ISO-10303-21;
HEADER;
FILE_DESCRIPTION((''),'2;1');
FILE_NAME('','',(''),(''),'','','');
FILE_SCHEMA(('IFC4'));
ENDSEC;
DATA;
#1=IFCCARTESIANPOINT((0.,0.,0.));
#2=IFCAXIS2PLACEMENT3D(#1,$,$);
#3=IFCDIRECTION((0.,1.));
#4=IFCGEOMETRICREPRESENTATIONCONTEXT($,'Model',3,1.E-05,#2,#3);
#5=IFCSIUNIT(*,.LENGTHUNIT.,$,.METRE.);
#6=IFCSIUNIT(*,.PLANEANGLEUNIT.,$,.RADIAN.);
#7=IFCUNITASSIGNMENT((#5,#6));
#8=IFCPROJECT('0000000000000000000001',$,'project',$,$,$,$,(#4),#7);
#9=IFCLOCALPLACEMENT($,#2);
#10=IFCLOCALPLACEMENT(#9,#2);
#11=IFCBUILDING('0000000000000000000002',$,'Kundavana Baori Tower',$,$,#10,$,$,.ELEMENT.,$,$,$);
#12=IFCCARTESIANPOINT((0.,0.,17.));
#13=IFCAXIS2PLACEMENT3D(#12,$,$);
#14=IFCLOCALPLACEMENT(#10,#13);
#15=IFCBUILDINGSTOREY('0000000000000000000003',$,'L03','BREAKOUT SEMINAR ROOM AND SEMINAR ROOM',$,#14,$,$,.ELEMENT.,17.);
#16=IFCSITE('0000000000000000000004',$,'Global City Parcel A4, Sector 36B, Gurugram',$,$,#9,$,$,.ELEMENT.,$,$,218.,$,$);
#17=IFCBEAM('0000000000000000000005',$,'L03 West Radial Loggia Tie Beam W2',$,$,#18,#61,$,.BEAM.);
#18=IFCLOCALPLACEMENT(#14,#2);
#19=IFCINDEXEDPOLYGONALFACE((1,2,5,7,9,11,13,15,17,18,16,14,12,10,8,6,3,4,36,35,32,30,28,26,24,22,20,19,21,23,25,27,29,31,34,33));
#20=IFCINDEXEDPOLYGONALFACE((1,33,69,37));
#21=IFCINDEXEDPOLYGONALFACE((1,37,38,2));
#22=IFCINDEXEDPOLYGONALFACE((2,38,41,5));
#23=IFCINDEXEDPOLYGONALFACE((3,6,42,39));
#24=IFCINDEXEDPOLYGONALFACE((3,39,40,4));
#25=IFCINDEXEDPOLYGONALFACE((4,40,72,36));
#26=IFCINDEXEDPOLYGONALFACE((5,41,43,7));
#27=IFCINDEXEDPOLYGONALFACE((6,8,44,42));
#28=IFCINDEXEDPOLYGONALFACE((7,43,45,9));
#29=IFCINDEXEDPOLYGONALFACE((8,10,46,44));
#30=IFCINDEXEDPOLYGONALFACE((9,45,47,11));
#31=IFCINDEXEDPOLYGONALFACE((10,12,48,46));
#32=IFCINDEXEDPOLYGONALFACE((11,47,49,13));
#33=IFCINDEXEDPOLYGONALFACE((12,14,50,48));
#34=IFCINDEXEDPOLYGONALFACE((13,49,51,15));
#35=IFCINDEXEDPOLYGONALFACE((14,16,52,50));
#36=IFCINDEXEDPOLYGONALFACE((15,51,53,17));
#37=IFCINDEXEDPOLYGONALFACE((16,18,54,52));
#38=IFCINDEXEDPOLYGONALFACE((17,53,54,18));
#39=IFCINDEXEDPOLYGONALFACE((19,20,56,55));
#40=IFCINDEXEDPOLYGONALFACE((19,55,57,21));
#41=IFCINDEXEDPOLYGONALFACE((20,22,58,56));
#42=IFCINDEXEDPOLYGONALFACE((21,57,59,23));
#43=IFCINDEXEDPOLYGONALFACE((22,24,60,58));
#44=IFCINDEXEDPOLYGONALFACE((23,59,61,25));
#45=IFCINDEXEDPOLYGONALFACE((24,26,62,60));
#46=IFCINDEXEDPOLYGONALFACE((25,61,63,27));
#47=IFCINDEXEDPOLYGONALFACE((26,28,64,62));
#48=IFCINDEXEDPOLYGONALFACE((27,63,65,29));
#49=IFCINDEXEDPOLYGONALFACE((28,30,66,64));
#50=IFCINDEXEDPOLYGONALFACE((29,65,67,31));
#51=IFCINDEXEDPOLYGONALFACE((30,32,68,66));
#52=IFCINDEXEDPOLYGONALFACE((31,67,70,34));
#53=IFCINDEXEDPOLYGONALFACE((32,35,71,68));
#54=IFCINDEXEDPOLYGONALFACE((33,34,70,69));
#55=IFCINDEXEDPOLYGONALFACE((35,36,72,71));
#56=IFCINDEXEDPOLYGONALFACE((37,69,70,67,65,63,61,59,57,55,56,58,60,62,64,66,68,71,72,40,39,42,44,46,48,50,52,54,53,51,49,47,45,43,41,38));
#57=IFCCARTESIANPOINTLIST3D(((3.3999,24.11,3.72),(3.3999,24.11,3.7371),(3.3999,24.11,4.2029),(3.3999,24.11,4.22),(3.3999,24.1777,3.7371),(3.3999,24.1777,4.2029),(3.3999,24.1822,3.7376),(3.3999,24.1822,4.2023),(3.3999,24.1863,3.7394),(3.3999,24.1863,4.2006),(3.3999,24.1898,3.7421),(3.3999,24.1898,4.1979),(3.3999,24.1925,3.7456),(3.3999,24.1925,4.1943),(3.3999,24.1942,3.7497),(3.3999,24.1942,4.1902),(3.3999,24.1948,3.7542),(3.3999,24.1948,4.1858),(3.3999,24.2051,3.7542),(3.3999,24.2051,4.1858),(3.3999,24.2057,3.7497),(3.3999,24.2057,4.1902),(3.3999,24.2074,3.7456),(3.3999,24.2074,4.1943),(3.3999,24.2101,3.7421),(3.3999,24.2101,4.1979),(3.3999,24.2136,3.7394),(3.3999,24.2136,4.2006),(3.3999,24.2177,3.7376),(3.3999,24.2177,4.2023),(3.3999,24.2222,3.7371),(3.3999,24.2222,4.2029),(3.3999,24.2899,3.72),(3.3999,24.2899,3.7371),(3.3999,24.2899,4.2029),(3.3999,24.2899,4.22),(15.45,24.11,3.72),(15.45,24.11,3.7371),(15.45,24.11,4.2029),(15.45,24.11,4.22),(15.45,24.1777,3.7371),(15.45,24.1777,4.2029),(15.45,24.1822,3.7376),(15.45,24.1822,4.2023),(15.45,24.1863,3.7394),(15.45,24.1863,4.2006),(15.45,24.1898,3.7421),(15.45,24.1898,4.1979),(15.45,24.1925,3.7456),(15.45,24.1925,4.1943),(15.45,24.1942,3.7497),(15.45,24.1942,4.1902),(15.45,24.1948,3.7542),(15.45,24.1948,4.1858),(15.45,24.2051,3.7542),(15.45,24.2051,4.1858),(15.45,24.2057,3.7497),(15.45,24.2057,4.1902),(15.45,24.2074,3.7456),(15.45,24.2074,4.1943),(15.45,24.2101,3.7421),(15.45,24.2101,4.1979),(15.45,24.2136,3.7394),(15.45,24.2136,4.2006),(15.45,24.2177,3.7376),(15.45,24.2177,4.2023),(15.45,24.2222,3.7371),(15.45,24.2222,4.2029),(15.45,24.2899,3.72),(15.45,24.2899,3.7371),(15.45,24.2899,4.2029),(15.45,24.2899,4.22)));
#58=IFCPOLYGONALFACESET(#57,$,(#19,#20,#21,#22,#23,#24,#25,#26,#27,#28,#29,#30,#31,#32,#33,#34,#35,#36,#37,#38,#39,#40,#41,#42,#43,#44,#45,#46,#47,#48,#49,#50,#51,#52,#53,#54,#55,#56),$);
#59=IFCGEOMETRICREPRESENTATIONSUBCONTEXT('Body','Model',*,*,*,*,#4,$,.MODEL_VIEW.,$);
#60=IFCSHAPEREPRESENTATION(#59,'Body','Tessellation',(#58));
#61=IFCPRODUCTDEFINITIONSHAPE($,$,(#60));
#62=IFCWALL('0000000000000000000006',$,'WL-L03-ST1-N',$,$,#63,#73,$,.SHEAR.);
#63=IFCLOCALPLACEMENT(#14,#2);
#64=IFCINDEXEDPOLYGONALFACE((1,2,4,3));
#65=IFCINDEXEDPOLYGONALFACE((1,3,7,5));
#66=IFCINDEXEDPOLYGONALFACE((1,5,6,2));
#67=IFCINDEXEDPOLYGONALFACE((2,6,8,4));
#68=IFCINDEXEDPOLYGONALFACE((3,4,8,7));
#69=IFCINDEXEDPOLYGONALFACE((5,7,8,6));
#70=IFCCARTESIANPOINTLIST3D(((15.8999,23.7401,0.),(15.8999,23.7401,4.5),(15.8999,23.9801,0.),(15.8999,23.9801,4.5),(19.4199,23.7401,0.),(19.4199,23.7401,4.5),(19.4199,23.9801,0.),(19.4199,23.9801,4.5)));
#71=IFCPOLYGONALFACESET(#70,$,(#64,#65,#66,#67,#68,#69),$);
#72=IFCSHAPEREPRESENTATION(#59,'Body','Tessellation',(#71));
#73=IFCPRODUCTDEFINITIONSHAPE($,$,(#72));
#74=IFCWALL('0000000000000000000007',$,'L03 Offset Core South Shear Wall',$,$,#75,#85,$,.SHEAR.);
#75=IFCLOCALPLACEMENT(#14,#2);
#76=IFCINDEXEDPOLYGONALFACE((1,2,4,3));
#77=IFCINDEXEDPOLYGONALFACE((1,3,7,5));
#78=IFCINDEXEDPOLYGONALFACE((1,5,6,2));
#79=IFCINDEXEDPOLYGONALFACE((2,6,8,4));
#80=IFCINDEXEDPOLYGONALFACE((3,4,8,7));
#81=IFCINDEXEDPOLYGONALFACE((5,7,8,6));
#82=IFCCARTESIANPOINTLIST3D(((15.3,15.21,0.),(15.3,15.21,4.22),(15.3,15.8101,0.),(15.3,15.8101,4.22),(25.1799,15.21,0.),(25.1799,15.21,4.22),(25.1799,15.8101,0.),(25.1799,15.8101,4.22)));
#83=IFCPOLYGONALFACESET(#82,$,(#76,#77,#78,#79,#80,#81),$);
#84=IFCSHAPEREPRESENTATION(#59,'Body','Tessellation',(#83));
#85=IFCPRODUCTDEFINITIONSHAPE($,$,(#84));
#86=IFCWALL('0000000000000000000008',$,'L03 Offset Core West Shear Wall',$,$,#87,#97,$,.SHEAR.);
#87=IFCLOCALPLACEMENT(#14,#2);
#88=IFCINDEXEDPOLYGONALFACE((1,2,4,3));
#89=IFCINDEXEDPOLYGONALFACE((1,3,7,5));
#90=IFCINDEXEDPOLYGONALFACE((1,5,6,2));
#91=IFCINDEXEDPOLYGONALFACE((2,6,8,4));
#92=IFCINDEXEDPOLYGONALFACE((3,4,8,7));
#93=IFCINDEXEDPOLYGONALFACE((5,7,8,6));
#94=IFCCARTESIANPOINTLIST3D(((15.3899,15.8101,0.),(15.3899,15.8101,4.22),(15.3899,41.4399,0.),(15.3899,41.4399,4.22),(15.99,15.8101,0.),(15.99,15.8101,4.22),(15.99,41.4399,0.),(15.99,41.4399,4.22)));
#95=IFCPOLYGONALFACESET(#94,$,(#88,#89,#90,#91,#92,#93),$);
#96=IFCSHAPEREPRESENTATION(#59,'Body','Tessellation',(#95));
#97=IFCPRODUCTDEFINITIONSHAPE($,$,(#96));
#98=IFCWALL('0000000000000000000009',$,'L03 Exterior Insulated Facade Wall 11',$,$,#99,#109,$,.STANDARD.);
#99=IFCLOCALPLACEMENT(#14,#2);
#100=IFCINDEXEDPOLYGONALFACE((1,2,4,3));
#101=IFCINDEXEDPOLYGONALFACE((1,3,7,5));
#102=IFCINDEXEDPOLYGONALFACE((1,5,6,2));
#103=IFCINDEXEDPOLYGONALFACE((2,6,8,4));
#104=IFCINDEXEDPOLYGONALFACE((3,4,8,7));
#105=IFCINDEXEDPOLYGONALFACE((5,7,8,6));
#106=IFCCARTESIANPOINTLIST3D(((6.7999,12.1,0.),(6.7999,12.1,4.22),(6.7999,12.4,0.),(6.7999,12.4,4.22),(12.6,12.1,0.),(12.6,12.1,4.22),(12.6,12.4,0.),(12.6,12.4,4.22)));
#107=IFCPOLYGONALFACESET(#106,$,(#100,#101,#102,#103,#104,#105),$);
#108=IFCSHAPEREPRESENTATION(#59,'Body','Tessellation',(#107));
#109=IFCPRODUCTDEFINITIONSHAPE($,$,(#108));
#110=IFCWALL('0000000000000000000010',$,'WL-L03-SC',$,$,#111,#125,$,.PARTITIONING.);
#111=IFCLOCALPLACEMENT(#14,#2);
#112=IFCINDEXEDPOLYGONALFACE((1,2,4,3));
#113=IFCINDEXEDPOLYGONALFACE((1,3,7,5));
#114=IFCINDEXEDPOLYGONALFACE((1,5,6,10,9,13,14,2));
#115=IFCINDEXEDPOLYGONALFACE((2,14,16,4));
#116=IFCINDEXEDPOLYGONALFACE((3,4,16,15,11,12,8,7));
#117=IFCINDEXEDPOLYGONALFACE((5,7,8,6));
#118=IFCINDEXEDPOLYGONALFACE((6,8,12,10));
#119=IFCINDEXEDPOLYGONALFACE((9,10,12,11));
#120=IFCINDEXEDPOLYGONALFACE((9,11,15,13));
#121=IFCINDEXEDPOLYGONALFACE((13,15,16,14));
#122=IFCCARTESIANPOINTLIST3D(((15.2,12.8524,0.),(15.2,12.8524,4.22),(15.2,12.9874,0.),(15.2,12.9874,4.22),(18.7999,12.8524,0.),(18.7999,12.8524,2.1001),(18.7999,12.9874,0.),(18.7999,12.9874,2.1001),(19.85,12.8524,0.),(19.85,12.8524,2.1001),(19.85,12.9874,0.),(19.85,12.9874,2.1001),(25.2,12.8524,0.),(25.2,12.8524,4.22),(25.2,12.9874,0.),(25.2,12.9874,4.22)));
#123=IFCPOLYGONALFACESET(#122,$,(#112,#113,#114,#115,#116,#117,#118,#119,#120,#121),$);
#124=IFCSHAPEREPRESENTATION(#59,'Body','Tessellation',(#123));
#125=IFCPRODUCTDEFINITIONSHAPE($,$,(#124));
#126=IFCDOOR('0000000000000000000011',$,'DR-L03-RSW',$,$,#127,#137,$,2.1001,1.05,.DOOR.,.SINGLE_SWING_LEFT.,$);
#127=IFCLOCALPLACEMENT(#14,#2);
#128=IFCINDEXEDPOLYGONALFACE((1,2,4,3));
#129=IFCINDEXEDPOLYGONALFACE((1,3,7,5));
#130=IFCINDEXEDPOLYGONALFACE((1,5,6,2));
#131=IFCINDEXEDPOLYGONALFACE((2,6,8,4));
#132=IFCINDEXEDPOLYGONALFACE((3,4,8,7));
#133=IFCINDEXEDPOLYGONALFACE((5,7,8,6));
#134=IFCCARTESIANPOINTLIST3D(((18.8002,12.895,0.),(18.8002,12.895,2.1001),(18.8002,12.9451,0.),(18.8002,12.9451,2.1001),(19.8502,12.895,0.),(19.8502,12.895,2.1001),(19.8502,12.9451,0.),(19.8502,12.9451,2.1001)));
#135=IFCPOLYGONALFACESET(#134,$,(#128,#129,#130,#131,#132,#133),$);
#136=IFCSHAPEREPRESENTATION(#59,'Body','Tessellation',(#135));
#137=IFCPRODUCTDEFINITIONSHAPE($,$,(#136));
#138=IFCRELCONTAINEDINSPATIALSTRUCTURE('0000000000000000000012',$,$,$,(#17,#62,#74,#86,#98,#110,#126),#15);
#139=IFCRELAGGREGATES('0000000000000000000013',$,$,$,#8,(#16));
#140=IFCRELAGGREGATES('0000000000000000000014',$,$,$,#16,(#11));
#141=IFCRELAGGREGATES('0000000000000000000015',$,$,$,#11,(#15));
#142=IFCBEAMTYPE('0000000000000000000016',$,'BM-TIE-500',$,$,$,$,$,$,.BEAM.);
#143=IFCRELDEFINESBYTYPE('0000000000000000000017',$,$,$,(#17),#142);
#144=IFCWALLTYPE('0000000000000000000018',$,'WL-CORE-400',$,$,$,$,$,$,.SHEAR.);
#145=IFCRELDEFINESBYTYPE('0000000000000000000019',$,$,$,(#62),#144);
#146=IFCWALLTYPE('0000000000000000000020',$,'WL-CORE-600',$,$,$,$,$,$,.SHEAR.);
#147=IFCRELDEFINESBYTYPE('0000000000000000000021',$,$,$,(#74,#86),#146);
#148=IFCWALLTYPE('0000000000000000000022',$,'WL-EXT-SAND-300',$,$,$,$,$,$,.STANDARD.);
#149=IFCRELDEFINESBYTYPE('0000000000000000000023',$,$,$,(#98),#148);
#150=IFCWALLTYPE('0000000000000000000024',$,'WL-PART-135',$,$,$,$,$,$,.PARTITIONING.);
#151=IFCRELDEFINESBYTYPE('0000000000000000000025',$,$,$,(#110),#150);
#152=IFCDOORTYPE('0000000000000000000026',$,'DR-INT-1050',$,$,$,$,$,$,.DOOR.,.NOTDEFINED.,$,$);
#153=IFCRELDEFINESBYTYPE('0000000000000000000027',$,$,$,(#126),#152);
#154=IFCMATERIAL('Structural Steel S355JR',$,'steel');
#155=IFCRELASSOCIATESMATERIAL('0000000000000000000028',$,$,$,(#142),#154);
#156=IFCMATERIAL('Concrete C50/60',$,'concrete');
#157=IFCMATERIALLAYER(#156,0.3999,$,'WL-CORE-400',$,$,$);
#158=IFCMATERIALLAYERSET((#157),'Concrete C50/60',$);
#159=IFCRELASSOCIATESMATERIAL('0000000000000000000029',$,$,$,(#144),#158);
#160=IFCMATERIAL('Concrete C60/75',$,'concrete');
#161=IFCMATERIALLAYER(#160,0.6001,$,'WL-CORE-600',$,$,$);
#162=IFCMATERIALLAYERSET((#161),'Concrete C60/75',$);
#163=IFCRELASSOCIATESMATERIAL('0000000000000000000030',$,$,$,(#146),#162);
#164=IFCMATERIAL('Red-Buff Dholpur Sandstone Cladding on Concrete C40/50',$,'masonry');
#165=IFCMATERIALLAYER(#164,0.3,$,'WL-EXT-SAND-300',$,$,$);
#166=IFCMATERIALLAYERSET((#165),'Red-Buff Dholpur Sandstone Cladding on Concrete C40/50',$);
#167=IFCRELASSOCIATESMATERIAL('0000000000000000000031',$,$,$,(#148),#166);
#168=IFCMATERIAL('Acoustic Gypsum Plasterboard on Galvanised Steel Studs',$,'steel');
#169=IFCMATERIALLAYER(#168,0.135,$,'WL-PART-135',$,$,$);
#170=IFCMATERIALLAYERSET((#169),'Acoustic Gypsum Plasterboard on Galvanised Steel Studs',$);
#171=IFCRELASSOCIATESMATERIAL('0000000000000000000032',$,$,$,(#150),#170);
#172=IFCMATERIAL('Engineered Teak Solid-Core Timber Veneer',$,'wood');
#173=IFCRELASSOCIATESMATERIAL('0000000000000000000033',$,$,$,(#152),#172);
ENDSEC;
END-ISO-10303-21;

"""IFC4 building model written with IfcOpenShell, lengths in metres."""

from ifc_helpers import new_model, si_unit, direction, frame, frame_2d, origin, origin_2d, place, context, subcontext, project, spatial, rectangle, i_section, extrude, material, layer, layer_set, material_profile, profile_set, type_object, element, fill, save


model = new_model("IFC4")

# Units and contexts
model_context = context("Model", 3, precision=1e-05, world=origin(), true_north=direction((0.0, 1.0)))
body_context = subcontext(model_context, "Body", "Model", "MODEL_VIEW")
ifc_project = project(units=[si_unit("LENGTHUNIT", "METRE"), si_unit("PLANEANGLEUNIT", "RADIAN")], contexts=[model_context])

# Site, building, storey
site_placement = place(None, origin())
site = spatial("IfcSite", under=ifc_project, at=site_placement, Name="Global City Parcel A4, Sector 36B, Gurugram", CompositionType="ELEMENT", RefElevation=218.0)
building_placement = place(site_placement, origin())
building = spatial("IfcBuilding", under=site, at=building_placement, Name="Kundavana Baori Tower", CompositionType="ELEMENT")
storey_placement = place(building_placement, frame((0.0, 0.0, 17.0)))
storey = spatial("IfcBuildingStorey", under=building, at=storey_placement, Name="L03", Description="BREAKOUT SEMINAR ROOM AND SEMINAR ROOM", CompositionType="ELEMENT", Elevation=17.0)

# Beam
ifc_material_1 = material(Name="Structural Steel S355JR", Category="steel")
ifc_material_profile_1 = material_profile(ifc_material_1, i_section(OverallWidth=0.1799, OverallDepth=0.5, WebThickness=0.0103, FlangeThickness=0.0171, FilletRadius=0.0171, at=origin_2d()), Name="ISMB 500")
ifc_profile_set_1 = profile_set([ifc_material_profile_1], Name="Structural Steel S355JR")
beam_type_1 = type_object("IfcBeamType", Name="BM-TIE-500", PredefinedType="BEAM", material=ifc_profile_set_1)
for number, where, z_axis, x_axis, name in (
    (1, (15.45, 24.2, 3.97), (-1.0, 0.0, 0.0), (0.0, -1.0, 0.0), "L03 West Radial Loggia Tie Beam W2"),
):
    element("IfcBeam", number, at=place(storey_placement, frame(where, z_axis=z_axis, x_axis=x_axis)), inside=storey, type_object=beam_type_1, Name=name, PredefinedType="BEAM", context=body_context, shape_type="SweptSolid", body=[
        extrude(i_section(OverallWidth=0.1799, OverallDepth=0.5, WebThickness=0.0103, FlangeThickness=0.0171, FilletRadius=0.0171, at=origin_2d()), origin(), (0.0, 0.0, 1.0), 12.05),
    ])

# Walls
ifc_material_2 = material(Name="Concrete C50/60", Category="concrete")
ifc_layer_1 = layer(ifc_material_2, 0.3999, Name="WL-CORE-400")
ifc_layer_set_1 = layer_set([ifc_layer_1], Name="Concrete C50/60")
wall_type_1 = type_object("IfcWallType", Name="WL-CORE-400", PredefinedType="SHEAR", material=ifc_layer_set_1)
wall_1_placement = place(storey_placement, frame((15.8999, 23.8601, 0.0), z_axis=(0.0, 0.0, 1.0), x_axis=(1.0, 0.0, 0.0)))
element("IfcWall", 2, at=wall_1_placement, inside=storey, type_object=wall_type_1, Name="WL-L03-ST1-N", PredefinedType="SHEAR", context=body_context, shape_type="SweptSolid", body=[
    extrude(rectangle(XDim=3.52, YDim=0.24, at=frame_2d((1.76, 0.0))), origin(), (0.0, 0.0, 1.0), 4.5),
])
ifc_material_3 = material(Name="Concrete C60/75", Category="concrete")
ifc_layer_2 = layer(ifc_material_3, 0.6001, Name="WL-CORE-600")
ifc_layer_set_2 = layer_set([ifc_layer_2], Name="Concrete C60/75")
wall_type_2 = type_object("IfcWallType", Name="WL-CORE-600", PredefinedType="SHEAR", material=ifc_layer_set_2)
wall_2_placement = place(storey_placement, frame((15.3, 15.51, 0.0), z_axis=(0.0, 0.0, 1.0), x_axis=(1.0, 0.0, 0.0)))
element("IfcWall", 3, at=wall_2_placement, inside=storey, type_object=wall_type_2, Name="L03 Offset Core South Shear Wall", PredefinedType="SHEAR", context=body_context, shape_type="SweptSolid", body=[
    extrude(rectangle(XDim=9.8799, YDim=0.6001, at=frame_2d((4.9399, 0.0))), origin(), (0.0, 0.0, 1.0), 4.22),
])
wall_3_placement = place(storey_placement, frame((15.6899, 15.8101, 0.0), z_axis=(0.0, 0.0, 1.0), x_axis=(0.0, 1.0, 0.0)))
element("IfcWall", 4, at=wall_3_placement, inside=storey, type_object=wall_type_2, Name="L03 Offset Core West Shear Wall", PredefinedType="SHEAR", context=body_context, shape_type="SweptSolid", body=[
    extrude(rectangle(XDim=25.6299, YDim=0.6001, at=frame_2d((12.8149, 0.0))), origin(), (0.0, 0.0, 1.0), 4.22),
])
ifc_material_4 = material(Name="Red-Buff Dholpur Sandstone Cladding on Concrete C40/50", Category="masonry")
ifc_layer_3 = layer(ifc_material_4, 0.3, Name="WL-EXT-SAND-300")
ifc_layer_set_3 = layer_set([ifc_layer_3], Name="Red-Buff Dholpur Sandstone Cladding on Concrete C40/50")
wall_type_3 = type_object("IfcWallType", Name="WL-EXT-SAND-300", PredefinedType="STANDARD", material=ifc_layer_set_3)
wall_4_placement = place(storey_placement, frame((6.8, 12.25, 0.0), z_axis=(0.0, 0.0, 1.0), x_axis=(1.0, 0.0, 0.0)))
element("IfcWall", 5, at=wall_4_placement, inside=storey, type_object=wall_type_3, Name="L03 Exterior Insulated Facade Wall 11", PredefinedType="STANDARD", context=body_context, shape_type="SweptSolid", body=[
    extrude(rectangle(XDim=5.8, YDim=0.3, at=frame_2d((2.8999, 0.0))), origin(), (0.0, 0.0, 1.0), 4.22),
])

# Wall, opening, door
ifc_material_5 = material(Name="Acoustic Gypsum Plasterboard on Galvanised Steel Studs", Category="steel")
ifc_layer_4 = layer(ifc_material_5, 0.135, Name="WL-PART-135")
ifc_layer_set_4 = layer_set([ifc_layer_4], Name="Acoustic Gypsum Plasterboard on Galvanised Steel Studs")
wall_type_4 = type_object("IfcWallType", Name="WL-PART-135", PredefinedType="PARTITIONING", material=ifc_layer_set_4)
wall_5_placement = place(storey_placement, frame((15.2, 12.9199, 0.0), z_axis=(0.0, 0.0, 1.0), x_axis=(1.0, 0.0, 0.0)))
wall_5 = element("IfcWall", 6, at=wall_5_placement, inside=storey, type_object=wall_type_4, Name="WL-L03-SC", PredefinedType="PARTITIONING", context=body_context, shape_type="SweptSolid", body=[
    extrude(rectangle(XDim=10.0, YDim=0.135, at=frame_2d((5.0, 0.0))), origin(), (0.0, 0.0, 1.0), 4.22),
])
opening_1_placement = place(wall_5_placement, frame((3.6001, 0.0, 0.0)))
opening_1 = element("IfcOpeningElement", 7, at=opening_1_placement, cuts=wall_5, PredefinedType="OPENING", context=body_context, shape_type="SweptSolid", body=[
    extrude(rectangle(XDim=1.05, YDim=2.1001, at=frame_2d((0.5249, 1.05))), frame((0.0, 0.0776, 0.0), z_axis=(0.0, -1.0, 0.0), x_axis=(1.0, 0.0, 0.0)), (0.0, 0.0, 1.0), 0.155),
])
ifc_material_6 = material(Name="Engineered Teak Solid-Core Timber Veneer", Category="wood")
door_type_1 = type_object("IfcDoorType", Name="DR-INT-1050", OperationType="NOTDEFINED", PredefinedType="DOOR", material=ifc_material_6)
door_1_placement = place(opening_1_placement, frame((1.05, 0.0, 0.0), z_axis=(0.0, 0.0, 1.0), x_axis=(-1.0, 0.0, 0.0)))
door_1 = element("IfcDoor", 8, at=door_1_placement, inside=storey, type_object=door_type_1, Name="DR-L03-RSW", OperationType="SINGLE_SWING_LEFT", OverallHeight=2.1001, OverallWidth=1.05, PredefinedType="DOOR", context=body_context, shape_type="SweptSolid", body=[
    extrude(rectangle(XDim=1.05, YDim=2.1001, at=frame_2d((0.5249, 1.05))), frame((0.0, 0.0249, 0.0), z_axis=(0.0, -1.0, 0.0), x_axis=(1.0, 0.0, 0.0)), (0.0, 0.0, 1.0), 0.05),
])
fill(opening_1, door_1)

save(model, "model.ifc")
